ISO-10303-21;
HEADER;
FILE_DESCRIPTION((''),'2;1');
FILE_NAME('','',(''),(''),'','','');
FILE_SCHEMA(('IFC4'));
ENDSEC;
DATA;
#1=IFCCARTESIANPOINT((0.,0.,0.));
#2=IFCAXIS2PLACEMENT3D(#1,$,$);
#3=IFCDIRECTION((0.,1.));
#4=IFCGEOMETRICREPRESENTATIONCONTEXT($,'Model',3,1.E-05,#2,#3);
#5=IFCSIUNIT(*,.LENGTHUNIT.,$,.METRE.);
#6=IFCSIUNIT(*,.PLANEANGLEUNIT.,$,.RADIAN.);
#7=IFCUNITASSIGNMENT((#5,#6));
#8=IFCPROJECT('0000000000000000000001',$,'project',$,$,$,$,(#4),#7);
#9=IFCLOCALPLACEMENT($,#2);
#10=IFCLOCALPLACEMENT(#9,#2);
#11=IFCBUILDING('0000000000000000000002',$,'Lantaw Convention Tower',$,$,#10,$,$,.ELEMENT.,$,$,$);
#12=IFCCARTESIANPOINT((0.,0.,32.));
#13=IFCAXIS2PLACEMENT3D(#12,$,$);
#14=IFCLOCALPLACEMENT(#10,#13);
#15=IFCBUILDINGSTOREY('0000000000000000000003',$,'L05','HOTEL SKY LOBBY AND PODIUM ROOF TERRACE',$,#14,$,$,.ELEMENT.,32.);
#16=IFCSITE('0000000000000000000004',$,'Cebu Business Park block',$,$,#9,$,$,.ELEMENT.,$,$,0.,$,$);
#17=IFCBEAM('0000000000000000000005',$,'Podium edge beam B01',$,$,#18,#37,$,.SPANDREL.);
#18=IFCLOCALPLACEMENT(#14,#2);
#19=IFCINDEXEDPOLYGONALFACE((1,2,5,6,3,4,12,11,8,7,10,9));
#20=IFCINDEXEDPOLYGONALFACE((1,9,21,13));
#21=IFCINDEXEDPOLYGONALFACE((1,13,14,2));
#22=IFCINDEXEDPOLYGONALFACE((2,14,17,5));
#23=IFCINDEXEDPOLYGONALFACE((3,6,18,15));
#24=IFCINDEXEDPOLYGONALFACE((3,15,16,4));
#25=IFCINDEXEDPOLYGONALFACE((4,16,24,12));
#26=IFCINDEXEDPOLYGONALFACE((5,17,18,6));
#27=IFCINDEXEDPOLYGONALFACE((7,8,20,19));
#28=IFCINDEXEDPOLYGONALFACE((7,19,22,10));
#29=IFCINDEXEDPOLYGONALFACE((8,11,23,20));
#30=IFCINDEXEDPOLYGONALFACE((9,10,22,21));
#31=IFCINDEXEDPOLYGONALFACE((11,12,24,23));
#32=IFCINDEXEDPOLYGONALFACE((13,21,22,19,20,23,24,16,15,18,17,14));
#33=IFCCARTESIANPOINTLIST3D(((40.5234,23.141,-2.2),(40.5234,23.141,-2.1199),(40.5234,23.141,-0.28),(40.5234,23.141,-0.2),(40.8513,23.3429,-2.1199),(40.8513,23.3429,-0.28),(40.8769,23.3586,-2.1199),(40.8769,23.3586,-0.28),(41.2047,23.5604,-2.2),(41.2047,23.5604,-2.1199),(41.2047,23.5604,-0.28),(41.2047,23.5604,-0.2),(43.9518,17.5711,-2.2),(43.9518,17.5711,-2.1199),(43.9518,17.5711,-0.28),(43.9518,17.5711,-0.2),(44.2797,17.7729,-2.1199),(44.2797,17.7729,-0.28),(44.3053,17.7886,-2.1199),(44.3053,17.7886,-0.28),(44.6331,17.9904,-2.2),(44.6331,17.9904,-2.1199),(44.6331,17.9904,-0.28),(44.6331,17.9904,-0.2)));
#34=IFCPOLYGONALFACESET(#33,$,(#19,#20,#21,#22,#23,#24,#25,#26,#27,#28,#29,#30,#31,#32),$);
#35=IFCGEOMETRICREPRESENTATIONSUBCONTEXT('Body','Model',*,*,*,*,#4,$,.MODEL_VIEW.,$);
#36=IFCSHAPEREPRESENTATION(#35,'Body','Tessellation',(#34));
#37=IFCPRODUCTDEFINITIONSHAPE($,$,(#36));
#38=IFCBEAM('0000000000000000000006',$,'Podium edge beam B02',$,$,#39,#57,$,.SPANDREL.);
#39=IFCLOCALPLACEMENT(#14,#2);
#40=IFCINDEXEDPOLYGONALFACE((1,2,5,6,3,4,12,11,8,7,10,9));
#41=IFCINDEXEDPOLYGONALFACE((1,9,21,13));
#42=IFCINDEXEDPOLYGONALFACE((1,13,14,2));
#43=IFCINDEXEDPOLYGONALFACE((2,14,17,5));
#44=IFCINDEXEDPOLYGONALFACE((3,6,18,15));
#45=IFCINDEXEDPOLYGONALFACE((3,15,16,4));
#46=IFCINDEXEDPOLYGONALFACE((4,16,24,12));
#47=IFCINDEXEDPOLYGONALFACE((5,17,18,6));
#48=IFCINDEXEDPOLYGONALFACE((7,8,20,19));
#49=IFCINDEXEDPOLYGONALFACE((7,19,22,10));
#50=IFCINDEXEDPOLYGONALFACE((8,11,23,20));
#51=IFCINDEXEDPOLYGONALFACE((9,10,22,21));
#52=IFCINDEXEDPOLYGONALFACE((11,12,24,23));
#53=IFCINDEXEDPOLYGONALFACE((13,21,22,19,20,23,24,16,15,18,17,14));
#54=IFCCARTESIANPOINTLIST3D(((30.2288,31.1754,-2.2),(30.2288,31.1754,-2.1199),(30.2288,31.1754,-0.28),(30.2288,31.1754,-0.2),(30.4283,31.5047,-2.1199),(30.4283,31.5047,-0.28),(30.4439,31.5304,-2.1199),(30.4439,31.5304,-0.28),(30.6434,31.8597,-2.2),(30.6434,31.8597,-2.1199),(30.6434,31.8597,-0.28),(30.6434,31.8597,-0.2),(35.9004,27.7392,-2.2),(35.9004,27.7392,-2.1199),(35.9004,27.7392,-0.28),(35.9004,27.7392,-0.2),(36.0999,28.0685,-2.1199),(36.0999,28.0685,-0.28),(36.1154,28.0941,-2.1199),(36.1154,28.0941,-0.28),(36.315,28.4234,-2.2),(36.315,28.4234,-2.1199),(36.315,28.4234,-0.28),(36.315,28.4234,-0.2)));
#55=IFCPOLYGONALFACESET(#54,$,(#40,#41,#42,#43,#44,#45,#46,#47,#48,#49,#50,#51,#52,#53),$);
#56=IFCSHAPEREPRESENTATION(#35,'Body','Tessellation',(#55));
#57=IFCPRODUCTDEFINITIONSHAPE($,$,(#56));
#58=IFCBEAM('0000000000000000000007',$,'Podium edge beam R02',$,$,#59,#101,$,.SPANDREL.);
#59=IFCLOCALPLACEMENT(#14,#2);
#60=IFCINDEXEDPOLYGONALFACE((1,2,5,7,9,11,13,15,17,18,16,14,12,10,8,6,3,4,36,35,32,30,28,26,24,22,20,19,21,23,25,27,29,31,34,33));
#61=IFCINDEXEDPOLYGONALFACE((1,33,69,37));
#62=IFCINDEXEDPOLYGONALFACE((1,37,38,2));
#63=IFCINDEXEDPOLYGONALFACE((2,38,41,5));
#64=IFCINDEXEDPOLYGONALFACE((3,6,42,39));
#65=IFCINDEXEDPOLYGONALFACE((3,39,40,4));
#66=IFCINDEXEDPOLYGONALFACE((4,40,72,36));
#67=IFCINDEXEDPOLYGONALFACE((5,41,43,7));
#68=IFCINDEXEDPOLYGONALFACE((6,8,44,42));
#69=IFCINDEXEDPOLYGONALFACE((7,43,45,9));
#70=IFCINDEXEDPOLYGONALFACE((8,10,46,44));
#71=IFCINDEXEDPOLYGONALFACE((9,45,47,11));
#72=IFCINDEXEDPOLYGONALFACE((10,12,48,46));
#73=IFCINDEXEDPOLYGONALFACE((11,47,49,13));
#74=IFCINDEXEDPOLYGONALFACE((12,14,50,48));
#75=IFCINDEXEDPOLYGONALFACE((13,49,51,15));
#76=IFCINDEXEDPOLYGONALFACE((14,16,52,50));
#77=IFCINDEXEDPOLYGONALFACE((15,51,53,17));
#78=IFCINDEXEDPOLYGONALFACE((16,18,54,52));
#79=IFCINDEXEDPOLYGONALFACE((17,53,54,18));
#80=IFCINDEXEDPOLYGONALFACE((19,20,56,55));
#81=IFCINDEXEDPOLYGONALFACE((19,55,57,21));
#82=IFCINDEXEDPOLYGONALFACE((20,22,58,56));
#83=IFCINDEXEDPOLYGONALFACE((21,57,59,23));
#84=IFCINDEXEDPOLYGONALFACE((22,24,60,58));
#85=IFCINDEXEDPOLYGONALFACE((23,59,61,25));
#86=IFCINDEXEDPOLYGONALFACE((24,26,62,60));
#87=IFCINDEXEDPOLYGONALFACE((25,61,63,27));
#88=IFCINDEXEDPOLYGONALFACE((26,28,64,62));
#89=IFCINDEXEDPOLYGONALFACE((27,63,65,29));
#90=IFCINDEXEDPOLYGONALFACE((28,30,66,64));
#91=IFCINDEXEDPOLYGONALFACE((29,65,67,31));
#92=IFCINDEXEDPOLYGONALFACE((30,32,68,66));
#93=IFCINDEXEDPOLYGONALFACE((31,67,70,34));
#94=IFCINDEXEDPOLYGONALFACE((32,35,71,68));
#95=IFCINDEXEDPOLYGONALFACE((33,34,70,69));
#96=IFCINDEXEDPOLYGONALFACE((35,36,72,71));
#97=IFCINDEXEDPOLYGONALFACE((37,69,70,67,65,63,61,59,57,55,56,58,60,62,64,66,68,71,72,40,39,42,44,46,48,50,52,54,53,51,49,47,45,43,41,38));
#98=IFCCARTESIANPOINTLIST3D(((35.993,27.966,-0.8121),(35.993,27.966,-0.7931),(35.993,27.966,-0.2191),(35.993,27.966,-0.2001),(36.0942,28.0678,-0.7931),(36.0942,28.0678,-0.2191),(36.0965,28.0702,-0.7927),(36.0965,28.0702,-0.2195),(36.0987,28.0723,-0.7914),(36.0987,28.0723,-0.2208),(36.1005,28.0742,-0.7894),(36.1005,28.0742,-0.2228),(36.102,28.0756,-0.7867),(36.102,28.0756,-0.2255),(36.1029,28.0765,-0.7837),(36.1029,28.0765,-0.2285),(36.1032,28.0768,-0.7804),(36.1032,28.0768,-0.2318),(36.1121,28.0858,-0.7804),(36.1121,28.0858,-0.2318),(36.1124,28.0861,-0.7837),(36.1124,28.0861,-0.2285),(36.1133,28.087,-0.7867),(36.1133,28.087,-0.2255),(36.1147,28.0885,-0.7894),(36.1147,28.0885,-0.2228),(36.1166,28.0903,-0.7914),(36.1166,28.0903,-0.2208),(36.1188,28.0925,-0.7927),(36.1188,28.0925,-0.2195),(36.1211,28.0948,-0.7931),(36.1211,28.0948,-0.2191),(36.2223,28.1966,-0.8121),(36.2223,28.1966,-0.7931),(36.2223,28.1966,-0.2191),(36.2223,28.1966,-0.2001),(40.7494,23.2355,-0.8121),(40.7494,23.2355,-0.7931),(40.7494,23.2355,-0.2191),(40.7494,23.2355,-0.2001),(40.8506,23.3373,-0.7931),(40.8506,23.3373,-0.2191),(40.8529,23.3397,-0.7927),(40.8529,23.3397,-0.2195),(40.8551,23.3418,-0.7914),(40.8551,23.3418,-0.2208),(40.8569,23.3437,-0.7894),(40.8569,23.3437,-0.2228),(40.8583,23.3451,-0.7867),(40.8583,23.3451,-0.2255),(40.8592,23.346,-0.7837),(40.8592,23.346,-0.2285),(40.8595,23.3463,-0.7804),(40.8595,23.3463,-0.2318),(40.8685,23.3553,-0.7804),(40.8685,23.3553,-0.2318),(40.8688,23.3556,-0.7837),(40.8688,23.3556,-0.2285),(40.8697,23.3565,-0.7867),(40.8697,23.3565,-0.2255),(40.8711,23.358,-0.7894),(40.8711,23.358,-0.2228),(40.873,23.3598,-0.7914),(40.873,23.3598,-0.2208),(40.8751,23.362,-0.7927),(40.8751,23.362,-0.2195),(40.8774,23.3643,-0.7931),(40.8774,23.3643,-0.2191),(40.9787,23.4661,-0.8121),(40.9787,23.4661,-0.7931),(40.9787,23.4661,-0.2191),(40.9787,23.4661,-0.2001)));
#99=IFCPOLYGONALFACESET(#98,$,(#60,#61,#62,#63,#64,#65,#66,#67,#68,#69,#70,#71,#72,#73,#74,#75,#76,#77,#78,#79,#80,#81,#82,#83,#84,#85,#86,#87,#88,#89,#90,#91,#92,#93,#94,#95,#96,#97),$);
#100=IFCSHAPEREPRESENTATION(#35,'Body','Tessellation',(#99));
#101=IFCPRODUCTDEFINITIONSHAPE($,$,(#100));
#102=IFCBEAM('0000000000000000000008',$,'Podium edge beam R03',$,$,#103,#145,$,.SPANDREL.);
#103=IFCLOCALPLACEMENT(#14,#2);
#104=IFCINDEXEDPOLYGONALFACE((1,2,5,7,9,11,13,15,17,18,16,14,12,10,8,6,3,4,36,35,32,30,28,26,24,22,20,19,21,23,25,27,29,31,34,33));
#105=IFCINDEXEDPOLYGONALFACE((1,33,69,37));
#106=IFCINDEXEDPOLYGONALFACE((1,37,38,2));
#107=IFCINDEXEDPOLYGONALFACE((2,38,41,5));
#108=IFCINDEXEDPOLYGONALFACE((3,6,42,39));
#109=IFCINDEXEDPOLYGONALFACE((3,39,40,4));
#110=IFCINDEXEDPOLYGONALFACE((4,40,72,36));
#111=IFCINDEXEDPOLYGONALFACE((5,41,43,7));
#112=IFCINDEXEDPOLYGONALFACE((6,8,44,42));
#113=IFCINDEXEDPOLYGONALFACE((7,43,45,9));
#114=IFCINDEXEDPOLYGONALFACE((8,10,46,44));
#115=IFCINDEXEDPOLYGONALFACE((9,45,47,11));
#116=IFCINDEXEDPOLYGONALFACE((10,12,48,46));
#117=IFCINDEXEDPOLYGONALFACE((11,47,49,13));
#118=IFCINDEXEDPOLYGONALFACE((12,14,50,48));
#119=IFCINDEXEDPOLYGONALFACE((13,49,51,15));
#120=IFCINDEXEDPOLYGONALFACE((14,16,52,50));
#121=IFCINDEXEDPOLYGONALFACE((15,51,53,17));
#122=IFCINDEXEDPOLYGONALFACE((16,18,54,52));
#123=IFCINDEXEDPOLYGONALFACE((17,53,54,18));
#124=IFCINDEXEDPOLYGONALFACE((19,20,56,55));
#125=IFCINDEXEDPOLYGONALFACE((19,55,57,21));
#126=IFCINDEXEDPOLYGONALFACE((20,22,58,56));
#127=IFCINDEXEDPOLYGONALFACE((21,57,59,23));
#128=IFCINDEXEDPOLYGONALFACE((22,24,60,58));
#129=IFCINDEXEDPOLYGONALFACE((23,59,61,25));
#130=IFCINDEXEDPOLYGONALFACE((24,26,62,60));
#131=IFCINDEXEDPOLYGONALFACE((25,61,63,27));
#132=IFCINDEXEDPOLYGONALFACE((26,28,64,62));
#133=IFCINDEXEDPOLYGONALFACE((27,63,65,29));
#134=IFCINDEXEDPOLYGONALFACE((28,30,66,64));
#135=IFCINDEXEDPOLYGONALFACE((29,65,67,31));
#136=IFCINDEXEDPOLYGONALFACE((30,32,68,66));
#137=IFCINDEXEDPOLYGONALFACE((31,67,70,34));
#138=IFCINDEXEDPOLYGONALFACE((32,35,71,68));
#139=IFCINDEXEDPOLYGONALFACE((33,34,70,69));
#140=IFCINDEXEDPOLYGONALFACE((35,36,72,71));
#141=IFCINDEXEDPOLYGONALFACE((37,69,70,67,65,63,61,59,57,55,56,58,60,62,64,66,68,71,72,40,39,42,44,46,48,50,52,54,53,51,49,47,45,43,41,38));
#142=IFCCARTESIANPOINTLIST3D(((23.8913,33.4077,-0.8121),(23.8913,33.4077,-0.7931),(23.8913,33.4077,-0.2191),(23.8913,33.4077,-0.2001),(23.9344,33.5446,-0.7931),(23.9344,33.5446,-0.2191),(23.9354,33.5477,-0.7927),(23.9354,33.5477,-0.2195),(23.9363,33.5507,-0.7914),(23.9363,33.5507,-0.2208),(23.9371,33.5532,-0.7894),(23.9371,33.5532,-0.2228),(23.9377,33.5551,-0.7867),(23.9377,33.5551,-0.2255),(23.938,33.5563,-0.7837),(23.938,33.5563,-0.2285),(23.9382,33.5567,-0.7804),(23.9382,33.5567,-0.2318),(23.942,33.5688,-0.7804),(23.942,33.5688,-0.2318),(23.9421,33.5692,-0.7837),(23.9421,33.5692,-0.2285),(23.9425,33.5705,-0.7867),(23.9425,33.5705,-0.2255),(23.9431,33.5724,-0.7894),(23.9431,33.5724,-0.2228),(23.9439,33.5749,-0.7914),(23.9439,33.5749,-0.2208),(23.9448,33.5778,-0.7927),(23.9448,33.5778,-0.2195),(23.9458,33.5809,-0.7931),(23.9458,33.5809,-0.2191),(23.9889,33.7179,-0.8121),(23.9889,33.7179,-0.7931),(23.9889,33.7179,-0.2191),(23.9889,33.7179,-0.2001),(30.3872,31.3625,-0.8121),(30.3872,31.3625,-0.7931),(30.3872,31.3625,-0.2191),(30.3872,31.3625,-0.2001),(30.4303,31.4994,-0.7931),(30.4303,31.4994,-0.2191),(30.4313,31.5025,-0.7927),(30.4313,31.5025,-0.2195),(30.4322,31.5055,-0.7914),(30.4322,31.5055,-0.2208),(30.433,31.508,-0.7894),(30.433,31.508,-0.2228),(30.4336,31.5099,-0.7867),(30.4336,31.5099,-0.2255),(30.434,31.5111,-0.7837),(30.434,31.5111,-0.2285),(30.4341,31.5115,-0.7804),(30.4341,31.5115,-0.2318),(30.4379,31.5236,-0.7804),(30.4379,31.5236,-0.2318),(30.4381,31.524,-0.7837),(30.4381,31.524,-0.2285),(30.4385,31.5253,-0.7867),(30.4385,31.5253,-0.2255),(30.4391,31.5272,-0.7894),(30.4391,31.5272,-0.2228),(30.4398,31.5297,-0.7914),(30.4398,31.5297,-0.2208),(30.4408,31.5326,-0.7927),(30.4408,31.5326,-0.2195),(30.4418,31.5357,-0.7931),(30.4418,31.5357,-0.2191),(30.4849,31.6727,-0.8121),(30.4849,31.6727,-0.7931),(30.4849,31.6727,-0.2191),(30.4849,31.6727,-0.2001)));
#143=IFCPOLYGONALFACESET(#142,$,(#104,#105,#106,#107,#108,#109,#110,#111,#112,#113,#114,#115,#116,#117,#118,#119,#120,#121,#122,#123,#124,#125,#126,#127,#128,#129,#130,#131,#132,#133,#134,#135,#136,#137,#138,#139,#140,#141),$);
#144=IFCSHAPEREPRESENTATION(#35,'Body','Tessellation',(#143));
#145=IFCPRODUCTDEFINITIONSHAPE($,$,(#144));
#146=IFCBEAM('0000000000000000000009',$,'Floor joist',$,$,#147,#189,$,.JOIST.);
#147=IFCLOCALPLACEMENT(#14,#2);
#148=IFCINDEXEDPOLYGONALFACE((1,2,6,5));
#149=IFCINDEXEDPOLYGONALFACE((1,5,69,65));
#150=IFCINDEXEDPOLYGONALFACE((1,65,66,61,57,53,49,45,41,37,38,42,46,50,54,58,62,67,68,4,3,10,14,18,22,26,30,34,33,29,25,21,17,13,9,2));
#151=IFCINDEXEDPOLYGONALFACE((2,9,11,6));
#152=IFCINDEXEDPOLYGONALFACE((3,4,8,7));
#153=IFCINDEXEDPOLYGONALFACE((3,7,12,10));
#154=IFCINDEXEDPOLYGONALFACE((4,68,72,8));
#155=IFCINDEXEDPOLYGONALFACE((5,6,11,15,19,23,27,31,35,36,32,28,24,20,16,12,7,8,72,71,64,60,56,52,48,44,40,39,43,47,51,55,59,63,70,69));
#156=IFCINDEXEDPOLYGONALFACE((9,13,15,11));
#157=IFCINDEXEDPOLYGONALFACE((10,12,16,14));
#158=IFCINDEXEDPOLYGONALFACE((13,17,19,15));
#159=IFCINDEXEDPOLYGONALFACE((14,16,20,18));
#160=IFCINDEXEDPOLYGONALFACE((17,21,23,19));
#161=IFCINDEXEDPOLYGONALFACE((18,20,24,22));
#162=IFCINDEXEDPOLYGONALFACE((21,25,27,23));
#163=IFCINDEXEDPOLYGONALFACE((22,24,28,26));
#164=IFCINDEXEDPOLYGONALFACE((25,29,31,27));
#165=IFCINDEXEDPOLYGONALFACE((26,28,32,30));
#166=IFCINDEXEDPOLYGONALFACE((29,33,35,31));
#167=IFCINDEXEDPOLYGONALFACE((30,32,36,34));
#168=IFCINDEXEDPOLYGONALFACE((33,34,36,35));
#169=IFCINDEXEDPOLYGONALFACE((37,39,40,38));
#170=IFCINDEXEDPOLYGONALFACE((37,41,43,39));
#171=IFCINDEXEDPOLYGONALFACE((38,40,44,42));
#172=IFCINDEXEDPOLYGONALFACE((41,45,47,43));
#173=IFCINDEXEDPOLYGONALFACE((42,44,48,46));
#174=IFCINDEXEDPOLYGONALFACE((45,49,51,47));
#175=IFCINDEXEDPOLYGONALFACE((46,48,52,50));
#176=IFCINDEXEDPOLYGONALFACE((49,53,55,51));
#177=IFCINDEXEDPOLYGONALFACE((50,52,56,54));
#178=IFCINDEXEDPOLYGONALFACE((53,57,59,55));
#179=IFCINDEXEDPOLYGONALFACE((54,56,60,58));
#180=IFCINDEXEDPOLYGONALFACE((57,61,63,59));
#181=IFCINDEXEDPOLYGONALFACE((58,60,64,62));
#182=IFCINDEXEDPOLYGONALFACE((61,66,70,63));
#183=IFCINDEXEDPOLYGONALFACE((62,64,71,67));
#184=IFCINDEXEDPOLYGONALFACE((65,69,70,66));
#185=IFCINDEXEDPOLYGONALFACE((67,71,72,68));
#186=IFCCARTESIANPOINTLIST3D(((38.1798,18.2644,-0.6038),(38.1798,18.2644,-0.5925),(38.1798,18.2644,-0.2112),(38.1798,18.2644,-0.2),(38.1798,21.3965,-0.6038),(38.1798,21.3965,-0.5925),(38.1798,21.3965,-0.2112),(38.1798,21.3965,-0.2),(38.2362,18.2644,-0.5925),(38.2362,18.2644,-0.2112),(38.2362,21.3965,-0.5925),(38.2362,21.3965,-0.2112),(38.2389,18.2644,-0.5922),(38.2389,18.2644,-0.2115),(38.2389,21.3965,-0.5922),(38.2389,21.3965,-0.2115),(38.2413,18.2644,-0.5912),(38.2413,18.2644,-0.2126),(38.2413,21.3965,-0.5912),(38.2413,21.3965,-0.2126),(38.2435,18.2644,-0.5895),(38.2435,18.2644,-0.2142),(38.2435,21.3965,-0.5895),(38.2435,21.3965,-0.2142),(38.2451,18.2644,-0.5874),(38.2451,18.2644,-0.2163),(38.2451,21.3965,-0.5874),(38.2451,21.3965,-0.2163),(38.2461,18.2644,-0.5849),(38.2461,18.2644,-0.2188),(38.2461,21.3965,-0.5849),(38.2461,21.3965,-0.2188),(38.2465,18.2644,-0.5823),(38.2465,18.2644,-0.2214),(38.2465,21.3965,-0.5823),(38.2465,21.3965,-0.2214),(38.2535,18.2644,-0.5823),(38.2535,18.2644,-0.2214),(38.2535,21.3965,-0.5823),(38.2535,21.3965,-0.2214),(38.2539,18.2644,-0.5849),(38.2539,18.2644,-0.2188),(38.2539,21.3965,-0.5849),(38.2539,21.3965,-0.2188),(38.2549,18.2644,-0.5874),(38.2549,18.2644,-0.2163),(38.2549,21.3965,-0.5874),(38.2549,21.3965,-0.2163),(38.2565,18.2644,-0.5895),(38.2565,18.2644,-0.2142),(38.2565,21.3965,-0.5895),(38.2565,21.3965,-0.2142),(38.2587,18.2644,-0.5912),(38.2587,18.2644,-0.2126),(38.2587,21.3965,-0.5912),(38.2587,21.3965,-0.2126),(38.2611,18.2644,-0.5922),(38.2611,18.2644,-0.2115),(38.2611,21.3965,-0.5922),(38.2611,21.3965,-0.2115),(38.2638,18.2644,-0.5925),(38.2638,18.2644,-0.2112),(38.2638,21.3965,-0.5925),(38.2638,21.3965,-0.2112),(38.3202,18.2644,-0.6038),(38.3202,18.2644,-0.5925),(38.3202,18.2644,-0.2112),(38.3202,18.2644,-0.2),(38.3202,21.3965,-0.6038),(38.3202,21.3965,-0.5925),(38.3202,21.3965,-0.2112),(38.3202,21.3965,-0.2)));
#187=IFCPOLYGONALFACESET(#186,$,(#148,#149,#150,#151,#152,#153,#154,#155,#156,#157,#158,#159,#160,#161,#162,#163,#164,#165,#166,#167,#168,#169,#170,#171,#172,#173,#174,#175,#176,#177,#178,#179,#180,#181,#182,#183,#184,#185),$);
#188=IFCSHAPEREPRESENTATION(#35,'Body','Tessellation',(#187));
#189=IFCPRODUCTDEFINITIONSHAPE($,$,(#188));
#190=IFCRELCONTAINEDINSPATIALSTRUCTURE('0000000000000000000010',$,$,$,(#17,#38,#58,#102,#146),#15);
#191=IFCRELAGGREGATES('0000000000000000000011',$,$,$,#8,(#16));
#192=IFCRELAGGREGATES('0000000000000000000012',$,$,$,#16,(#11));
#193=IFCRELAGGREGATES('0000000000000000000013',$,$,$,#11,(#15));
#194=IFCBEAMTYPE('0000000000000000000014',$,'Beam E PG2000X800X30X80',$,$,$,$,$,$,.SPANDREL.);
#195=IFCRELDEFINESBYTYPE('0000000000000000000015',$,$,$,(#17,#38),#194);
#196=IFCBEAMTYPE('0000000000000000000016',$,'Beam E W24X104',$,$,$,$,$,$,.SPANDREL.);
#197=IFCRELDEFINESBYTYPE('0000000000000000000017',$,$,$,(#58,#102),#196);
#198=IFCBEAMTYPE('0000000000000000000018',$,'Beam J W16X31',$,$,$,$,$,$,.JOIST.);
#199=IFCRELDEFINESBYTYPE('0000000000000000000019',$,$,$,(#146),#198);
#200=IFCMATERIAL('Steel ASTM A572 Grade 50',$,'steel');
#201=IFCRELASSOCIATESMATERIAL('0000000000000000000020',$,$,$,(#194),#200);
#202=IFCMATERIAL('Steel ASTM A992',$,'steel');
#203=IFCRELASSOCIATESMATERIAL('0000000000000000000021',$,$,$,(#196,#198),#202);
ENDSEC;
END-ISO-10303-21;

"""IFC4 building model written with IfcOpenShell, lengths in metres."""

from ifc_helpers import new_model, si_unit, direction, frame, origin, origin_2d, place, context, subcontext, project, spatial, i_section, extrude, material, material_profile, profile_set, type_object, element, save


model = new_model("IFC4")

# Units and contexts
model_context = context("Model", 3, precision=1e-05, world=origin(), true_north=direction((0.0, 1.0)))
body_context = subcontext(model_context, "Body", "Model", "MODEL_VIEW")
ifc_project = project(units=[si_unit("LENGTHUNIT", "METRE"), si_unit("PLANEANGLEUNIT", "RADIAN")], contexts=[model_context])

# Site, building, storey
site_placement = place(None, origin())
site = spatial("IfcSite", under=ifc_project, at=site_placement, Name="Cebu Business Park block", CompositionType="ELEMENT", RefElevation=0.0)
building_placement = place(site_placement, origin())
building = spatial("IfcBuilding", under=site, at=building_placement, Name="Lantaw Convention Tower", CompositionType="ELEMENT")
storey_placement = place(building_placement, frame((0.0, 0.0, 32.0)))
storey = spatial("IfcBuildingStorey", under=building, at=storey_placement, Name="L05", Description="HOTEL SKY LOBBY AND PODIUM ROOF TERRACE", CompositionType="ELEMENT", Elevation=32.0)

# Beams
ifc_material_1 = material(Name="Steel ASTM A572 Grade 50", Category="steel")
ifc_material_profile_1 = material_profile(ifc_material_1, i_section(OverallWidth=0.8, OverallDepth=2.0, WebThickness=0.03, FlangeThickness=0.0801, at=origin_2d()), Name="PG2000X800X30X80")
ifc_profile_set_1 = profile_set([ifc_material_profile_1], Name="Steel ASTM A572 Grade 50")
beam_type_1 = type_object("IfcBeamType", Name="Beam E PG2000X800X30X80", PredefinedType="SPANDREL", material=ifc_profile_set_1)
beam_1_placement = place(storey_placement, frame((44.2925, 17.7808, -1.2), z_axis=(-0.524179, 0.851608, 0.0), x_axis=(-0.851608, -0.524179, 0.0)))
element("IfcBeam", 1, at=beam_1_placement, inside=storey, type_object=beam_type_1, Name="Podium edge beam B01", PredefinedType="SPANDREL", context=body_context, shape_type="SweptSolid", body=[
    extrude(i_section(OverallWidth=0.8, OverallDepth=2.0, WebThickness=0.03, FlangeThickness=0.0801, at=origin_2d()), origin(), (0.0, 0.0, 1.0), 6.5405),
])
beam_2_placement = place(storey_placement, frame((36.1077, 28.0813, -1.2), z_axis=(-0.85527, 0.518183, 0.0), x_axis=(-0.518183, -0.85527, 0.0)))
element("IfcBeam", 2, at=beam_2_placement, inside=storey, type_object=beam_type_1, Name="Podium edge beam B02", PredefinedType="SPANDREL", context=body_context, shape_type="SweptSolid", body=[
    extrude(i_section(OverallWidth=0.8, OverallDepth=2.0, WebThickness=0.03, FlangeThickness=0.0801, at=origin_2d()), origin(), (0.0, 0.0, 1.0), 6.6313),
])
ifc_material_2 = material(Name="Steel ASTM A992", Category="steel")
ifc_material_profile_2 = material_profile(ifc_material_2, i_section(OverallWidth=0.3252, OverallDepth=0.6121, WebThickness=0.0127, FlangeThickness=0.019, FilletRadius=0.0127, at=origin_2d()), Name="W24X104")
ifc_profile_set_2 = profile_set([ifc_material_profile_2], Name="Steel ASTM A992")
beam_type_2 = type_object("IfcBeamType", Name="Beam E W24X104", PredefinedType="SPANDREL", material=ifc_profile_set_2)
beam_3_placement = place(storey_placement, frame((40.864, 23.3508, -0.5061), z_axis=(-0.709033, 0.705175, 0.0), x_axis=(-0.705175, -0.709033, 0.0)))
element("IfcBeam", 3, at=beam_3_placement, inside=storey, type_object=beam_type_2, Name="Podium edge beam R02", PredefinedType="SPANDREL", context=body_context, shape_type="SweptSolid", body=[
    extrude(i_section(OverallWidth=0.3252, OverallDepth=0.6121, WebThickness=0.0127, FlangeThickness=0.019, FilletRadius=0.0127, at=origin_2d()), origin(), (0.0, 0.0, 1.0), 6.7083),
])
beam_4_placement = place(storey_placement, frame((30.436, 31.5176, -0.5061), z_axis=(-0.953842, 0.300309, 0.0), x_axis=(-0.300309, -0.953842, 0.0)))
element("IfcBeam", 4, at=beam_4_placement, inside=storey, type_object=beam_type_2, Name="Podium edge beam R03", PredefinedType="SPANDREL", context=body_context, shape_type="SweptSolid", body=[
    extrude(i_section(OverallWidth=0.3252, OverallDepth=0.6121, WebThickness=0.0127, FlangeThickness=0.019, FilletRadius=0.0127, at=origin_2d()), origin(), (0.0, 0.0, 1.0), 6.8103),
])
ifc_material_profile_3 = material_profile(ifc_material_2, i_section(OverallWidth=0.1404, OverallDepth=0.4038, WebThickness=0.0071, FlangeThickness=0.0112, FilletRadius=0.0103, at=origin_2d()), Name="W16X31")
ifc_profile_set_3 = profile_set([ifc_material_profile_3], Name="Steel ASTM A992")
beam_type_3 = type_object("IfcBeamType", Name="Beam J W16X31", PredefinedType="JOIST", material=ifc_profile_set_3)
beam_5_placement = place(storey_placement, frame((38.25, 18.2644, -0.4019), z_axis=(0.0, 1.0, 0.0), x_axis=(-1.0, 0.0, 0.0)))
element("IfcBeam", 5, at=beam_5_placement, inside=storey, type_object=beam_type_3, Name="Floor joist", PredefinedType="JOIST", context=body_context, shape_type="SweptSolid", body=[
    extrude(i_section(OverallWidth=0.1404, OverallDepth=0.4038, WebThickness=0.0071, FlangeThickness=0.0112, FilletRadius=0.0103, at=origin_2d()), origin(), (0.0, 0.0, 1.0), 3.1321),
])

save(model, "model.ifc")
